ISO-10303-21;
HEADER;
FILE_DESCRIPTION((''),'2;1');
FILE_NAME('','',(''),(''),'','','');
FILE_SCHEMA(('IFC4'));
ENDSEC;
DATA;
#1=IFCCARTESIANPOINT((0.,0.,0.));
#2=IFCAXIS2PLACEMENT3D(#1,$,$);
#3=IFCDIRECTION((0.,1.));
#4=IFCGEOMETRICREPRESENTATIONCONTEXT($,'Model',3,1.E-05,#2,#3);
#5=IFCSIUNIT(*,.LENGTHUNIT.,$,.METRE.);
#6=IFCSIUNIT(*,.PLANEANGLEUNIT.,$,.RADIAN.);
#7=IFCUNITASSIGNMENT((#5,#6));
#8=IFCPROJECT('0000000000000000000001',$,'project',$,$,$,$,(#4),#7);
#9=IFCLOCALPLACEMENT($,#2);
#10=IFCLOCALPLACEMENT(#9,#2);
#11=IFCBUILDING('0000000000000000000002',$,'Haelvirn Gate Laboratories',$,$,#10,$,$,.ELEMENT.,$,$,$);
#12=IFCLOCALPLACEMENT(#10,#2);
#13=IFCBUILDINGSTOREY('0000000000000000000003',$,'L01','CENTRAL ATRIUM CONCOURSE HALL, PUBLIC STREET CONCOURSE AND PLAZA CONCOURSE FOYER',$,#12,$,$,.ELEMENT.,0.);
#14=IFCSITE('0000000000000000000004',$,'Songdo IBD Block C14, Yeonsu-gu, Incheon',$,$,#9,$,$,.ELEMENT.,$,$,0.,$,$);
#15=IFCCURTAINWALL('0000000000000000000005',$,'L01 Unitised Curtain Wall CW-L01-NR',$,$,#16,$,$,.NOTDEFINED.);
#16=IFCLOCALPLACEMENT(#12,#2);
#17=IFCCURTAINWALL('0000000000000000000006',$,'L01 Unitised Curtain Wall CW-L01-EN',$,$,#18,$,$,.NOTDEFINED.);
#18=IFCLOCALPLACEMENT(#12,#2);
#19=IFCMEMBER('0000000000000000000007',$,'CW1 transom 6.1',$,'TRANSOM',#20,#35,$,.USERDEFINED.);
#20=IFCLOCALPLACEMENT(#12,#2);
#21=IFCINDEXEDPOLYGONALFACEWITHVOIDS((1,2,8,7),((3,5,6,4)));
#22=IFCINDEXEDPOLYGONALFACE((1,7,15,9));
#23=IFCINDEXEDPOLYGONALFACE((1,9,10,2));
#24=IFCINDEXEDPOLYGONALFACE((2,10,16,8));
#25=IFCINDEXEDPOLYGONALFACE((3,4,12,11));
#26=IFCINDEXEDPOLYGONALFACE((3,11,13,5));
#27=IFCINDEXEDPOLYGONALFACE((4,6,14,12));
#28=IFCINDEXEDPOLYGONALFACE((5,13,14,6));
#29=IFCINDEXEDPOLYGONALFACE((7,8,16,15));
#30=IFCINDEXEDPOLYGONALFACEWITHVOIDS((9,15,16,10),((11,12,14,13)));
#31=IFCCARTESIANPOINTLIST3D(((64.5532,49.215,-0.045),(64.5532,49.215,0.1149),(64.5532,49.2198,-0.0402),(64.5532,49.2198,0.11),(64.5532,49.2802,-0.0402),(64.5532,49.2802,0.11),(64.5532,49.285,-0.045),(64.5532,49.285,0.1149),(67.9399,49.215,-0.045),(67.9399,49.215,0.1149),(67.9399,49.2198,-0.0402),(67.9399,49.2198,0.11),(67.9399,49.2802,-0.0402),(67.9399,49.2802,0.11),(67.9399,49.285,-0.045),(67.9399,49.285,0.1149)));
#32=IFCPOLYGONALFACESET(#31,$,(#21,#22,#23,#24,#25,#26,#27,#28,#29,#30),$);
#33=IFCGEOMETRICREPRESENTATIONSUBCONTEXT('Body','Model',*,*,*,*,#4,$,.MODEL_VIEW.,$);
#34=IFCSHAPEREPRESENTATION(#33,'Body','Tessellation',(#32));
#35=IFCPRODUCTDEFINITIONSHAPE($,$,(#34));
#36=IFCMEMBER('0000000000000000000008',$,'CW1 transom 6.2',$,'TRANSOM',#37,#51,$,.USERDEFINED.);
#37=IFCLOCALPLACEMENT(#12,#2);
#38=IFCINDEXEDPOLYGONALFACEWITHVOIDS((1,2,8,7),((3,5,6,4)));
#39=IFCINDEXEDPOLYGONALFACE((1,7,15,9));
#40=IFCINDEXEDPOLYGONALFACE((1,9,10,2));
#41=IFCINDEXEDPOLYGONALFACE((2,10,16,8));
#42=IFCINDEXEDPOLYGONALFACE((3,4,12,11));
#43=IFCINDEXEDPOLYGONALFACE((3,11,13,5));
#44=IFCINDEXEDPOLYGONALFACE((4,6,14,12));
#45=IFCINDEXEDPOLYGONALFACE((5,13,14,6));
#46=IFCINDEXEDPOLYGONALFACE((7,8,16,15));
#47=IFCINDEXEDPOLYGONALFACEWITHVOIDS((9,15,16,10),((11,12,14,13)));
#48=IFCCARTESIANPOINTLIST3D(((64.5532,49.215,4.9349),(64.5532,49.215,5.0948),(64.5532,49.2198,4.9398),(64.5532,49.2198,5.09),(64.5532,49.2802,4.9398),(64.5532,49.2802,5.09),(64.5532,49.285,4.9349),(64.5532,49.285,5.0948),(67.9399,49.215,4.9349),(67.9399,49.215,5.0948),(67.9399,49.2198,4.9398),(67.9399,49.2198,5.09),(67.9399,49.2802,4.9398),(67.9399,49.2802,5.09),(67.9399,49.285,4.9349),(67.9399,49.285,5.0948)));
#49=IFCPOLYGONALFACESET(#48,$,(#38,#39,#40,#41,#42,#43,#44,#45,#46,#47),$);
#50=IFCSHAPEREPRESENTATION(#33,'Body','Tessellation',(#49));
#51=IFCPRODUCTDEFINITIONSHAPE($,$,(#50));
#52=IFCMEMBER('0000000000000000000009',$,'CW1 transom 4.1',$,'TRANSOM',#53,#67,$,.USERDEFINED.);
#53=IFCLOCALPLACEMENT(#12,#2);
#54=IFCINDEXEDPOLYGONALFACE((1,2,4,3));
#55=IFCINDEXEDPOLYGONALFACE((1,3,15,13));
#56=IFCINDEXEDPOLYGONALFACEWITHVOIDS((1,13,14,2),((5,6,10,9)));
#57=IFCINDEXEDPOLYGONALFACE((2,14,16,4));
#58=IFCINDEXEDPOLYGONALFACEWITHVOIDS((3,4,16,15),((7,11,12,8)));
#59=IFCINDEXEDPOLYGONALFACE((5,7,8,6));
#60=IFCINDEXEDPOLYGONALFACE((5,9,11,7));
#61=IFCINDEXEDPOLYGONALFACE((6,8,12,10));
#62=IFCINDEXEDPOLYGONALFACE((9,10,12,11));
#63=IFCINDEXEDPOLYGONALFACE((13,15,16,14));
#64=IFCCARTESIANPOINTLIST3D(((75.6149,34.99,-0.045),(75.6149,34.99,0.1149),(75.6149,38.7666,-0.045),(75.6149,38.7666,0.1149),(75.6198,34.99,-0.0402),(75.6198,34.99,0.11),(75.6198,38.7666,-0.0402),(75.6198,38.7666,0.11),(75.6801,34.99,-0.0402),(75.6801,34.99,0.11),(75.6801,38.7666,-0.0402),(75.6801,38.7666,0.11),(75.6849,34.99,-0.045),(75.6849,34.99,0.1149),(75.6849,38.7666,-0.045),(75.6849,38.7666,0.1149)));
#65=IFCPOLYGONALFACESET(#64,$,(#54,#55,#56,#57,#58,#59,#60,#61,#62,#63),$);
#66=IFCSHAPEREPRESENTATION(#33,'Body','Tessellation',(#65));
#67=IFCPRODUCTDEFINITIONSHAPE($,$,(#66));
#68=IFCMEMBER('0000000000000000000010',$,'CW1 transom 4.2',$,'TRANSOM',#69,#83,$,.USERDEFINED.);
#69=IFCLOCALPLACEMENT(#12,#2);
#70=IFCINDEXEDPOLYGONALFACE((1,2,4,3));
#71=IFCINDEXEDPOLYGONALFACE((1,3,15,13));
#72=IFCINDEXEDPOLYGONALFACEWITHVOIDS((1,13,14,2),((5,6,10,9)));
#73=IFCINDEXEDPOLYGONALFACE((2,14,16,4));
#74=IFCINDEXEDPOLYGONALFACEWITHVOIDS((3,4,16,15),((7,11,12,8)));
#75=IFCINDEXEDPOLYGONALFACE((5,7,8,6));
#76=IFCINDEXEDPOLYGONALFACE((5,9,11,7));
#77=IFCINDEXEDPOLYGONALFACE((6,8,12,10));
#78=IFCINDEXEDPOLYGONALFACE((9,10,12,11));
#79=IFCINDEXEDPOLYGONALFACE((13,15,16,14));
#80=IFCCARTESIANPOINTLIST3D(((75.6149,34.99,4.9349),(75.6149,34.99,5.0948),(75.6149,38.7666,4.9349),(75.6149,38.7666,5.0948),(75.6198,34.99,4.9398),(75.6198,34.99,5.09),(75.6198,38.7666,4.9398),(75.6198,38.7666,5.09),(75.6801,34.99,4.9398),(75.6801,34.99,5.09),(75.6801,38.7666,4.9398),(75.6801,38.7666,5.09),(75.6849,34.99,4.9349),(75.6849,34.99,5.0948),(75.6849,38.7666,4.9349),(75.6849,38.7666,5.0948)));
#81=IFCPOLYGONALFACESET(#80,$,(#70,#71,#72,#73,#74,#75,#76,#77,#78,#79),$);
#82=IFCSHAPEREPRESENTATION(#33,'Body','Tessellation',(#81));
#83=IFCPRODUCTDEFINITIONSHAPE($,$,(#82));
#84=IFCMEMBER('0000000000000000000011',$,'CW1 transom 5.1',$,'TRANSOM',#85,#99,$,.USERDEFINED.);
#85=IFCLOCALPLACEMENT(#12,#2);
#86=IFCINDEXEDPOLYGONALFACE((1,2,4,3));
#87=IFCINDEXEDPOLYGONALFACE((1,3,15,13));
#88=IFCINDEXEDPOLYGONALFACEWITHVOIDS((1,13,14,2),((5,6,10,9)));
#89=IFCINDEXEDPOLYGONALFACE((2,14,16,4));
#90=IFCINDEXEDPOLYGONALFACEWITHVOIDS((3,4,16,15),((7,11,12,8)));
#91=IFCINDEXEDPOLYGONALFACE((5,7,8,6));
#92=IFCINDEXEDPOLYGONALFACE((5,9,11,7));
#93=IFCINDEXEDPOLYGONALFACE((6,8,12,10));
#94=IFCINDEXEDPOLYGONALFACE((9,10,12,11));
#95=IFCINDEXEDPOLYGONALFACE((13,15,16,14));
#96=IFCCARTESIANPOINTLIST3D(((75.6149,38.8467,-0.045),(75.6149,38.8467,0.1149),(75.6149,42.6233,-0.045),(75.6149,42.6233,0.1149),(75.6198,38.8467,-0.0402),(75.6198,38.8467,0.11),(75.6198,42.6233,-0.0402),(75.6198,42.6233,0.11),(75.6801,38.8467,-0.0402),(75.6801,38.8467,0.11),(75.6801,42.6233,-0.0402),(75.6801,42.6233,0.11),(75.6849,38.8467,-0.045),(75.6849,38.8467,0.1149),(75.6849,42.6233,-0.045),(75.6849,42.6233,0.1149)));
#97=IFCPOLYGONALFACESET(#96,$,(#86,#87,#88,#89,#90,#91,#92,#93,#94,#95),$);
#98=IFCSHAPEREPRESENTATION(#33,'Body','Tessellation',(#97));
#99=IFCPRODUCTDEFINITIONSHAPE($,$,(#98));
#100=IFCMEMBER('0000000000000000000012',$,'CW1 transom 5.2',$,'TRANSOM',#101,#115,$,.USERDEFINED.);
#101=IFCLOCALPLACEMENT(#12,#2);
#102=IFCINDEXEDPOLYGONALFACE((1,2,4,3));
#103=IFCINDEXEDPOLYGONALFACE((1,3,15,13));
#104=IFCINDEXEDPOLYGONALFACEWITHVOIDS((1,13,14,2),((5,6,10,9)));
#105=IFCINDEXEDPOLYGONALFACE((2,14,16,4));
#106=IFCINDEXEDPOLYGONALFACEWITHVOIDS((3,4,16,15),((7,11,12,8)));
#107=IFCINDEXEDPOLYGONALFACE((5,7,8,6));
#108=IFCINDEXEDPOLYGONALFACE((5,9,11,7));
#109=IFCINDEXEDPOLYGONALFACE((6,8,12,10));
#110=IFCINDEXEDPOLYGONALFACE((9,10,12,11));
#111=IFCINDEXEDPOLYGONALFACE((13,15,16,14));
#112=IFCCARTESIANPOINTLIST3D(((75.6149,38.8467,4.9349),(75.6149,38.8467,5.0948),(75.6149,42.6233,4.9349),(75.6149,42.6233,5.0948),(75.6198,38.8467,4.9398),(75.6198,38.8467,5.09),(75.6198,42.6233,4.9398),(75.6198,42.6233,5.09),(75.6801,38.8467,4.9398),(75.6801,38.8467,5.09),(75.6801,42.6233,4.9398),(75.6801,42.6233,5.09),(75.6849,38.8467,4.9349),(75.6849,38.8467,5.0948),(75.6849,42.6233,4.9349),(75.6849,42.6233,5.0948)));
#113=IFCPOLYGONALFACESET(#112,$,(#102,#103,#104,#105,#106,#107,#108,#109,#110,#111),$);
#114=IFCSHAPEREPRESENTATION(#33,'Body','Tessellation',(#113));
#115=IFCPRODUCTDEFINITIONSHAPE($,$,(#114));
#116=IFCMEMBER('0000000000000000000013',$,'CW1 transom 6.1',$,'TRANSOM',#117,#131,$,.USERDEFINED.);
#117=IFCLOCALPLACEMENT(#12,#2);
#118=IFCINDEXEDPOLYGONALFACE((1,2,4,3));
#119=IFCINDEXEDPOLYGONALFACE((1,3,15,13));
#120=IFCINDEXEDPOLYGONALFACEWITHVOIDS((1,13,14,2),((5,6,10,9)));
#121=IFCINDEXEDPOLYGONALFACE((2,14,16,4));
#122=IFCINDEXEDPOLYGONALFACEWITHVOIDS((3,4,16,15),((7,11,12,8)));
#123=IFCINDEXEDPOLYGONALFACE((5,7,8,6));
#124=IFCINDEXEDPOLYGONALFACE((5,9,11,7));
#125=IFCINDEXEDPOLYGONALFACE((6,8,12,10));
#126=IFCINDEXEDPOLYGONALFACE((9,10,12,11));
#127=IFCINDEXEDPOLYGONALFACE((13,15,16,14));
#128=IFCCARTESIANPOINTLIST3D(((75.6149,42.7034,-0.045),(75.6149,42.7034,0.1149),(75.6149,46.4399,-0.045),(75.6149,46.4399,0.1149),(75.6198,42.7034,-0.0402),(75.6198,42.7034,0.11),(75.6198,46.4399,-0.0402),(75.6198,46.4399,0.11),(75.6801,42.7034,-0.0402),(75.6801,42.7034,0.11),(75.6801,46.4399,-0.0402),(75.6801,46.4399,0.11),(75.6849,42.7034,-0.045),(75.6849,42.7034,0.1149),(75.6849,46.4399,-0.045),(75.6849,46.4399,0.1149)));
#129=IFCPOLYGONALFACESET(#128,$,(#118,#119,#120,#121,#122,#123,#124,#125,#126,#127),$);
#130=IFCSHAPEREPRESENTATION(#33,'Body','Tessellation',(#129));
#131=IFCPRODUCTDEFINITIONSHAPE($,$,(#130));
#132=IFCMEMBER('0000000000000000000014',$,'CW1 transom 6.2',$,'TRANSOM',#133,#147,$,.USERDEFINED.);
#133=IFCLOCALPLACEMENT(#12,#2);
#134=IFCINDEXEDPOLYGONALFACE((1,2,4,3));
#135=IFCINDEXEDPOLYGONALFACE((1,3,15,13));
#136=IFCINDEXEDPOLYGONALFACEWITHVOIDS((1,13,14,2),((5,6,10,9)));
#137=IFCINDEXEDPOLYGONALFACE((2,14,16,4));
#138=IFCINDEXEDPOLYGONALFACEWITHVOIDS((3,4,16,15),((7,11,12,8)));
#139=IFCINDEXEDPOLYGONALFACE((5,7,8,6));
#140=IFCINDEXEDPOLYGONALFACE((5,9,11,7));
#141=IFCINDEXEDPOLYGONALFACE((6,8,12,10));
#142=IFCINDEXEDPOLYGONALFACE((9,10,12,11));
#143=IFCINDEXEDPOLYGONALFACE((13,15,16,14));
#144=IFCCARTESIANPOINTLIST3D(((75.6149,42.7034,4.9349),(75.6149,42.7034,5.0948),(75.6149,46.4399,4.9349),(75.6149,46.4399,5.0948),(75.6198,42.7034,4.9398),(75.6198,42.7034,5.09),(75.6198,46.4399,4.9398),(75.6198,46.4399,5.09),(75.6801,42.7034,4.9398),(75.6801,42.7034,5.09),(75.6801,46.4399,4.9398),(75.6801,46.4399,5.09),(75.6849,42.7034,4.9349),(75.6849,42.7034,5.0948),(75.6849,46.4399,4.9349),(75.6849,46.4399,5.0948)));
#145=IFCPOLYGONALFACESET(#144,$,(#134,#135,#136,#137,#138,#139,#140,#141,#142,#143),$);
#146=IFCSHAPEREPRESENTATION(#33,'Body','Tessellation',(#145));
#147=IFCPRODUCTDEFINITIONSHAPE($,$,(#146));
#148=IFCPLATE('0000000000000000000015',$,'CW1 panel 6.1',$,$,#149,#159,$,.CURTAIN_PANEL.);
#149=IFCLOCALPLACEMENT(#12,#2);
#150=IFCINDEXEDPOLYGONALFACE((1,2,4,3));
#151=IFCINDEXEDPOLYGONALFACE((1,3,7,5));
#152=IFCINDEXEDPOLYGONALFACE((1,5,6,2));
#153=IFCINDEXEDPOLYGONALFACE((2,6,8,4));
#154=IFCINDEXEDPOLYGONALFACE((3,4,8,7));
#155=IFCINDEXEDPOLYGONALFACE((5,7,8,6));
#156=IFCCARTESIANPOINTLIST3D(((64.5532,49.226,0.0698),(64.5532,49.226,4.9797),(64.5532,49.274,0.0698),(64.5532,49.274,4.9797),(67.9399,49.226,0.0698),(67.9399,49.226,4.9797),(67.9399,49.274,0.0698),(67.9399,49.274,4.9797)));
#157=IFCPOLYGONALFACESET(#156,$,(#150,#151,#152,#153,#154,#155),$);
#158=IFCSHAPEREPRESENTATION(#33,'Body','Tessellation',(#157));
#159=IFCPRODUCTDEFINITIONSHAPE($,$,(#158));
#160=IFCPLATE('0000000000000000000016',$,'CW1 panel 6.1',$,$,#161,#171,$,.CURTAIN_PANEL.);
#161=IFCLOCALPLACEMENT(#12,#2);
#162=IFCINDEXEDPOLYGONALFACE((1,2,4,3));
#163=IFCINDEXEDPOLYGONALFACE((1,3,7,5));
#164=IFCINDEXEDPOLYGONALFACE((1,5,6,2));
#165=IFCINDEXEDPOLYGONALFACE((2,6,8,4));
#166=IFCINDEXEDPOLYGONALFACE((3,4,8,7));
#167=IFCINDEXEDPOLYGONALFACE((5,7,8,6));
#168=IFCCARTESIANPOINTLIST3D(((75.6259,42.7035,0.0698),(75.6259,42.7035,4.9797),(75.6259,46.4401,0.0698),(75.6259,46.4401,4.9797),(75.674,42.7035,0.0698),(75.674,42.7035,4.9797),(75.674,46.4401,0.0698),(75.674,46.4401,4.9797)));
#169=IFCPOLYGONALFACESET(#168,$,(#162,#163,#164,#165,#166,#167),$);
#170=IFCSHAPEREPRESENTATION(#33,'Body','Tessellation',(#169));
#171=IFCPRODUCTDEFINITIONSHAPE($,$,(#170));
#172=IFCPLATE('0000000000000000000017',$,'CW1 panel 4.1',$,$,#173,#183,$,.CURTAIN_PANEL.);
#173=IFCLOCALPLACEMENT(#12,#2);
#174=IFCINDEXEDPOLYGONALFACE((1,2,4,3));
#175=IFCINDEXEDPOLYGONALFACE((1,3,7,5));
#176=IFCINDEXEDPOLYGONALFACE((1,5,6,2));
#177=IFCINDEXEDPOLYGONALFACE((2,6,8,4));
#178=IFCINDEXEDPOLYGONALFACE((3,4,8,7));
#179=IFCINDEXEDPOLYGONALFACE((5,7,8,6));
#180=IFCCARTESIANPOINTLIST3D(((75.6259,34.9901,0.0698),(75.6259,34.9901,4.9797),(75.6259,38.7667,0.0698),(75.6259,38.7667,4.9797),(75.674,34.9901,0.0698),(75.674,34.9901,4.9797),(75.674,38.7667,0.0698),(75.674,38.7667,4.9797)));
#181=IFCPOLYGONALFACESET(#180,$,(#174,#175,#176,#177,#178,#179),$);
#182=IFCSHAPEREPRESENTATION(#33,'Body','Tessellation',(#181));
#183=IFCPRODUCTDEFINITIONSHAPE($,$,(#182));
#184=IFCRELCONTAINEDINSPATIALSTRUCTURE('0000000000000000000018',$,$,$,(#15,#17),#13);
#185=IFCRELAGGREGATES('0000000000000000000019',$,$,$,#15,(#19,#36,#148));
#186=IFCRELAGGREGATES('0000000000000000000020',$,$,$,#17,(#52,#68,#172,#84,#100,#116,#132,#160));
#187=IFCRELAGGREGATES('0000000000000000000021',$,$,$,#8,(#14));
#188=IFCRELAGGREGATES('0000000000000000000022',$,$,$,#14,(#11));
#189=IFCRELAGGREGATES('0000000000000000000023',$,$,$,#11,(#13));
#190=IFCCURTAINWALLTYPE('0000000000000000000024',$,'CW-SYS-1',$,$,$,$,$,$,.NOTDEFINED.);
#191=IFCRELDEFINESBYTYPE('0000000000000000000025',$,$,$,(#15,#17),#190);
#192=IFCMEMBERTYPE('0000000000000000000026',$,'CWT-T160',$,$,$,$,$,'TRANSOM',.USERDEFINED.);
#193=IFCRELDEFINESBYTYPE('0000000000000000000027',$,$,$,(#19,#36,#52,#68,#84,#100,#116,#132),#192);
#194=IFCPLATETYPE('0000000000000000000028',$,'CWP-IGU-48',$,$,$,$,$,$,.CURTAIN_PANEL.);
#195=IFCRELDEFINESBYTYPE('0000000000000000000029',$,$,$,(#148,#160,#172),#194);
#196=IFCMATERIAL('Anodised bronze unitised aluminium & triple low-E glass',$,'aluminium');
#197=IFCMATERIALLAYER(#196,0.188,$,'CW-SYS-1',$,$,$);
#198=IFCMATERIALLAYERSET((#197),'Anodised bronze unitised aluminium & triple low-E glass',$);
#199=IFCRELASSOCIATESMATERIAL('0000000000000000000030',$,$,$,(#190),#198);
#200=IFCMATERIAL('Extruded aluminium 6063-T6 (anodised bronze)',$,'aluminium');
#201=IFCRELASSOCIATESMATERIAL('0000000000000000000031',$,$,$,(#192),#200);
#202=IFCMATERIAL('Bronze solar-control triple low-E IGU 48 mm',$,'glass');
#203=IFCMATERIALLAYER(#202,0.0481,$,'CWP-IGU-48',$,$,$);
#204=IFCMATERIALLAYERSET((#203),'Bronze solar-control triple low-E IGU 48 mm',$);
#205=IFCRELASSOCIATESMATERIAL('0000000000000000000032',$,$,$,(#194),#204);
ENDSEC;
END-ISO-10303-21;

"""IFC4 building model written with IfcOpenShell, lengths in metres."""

from ifc_helpers import new_model, si_unit, direction, frame, origin, origin_2d, place, context, subcontext, project, spatial, rectangle, hollow_rectangle, extrude, source, transform, mapped, material, layer, layer_set, material_profile, profile_set, type_object, type_shapes, element, aggregate, save


model = new_model("IFC4")

# Units and contexts
model_context = context("Model", 3, precision=1e-05, world=origin(), true_north=direction((0.0, 1.0)))
body_context = subcontext(model_context, "Body", "Model", "MODEL_VIEW")
ifc_project = project(units=[si_unit("LENGTHUNIT", "METRE"), si_unit("PLANEANGLEUNIT", "RADIAN")], contexts=[model_context])

# Site, building, storey
site_placement = place(None, origin())
site = spatial("IfcSite", under=ifc_project, at=site_placement, Name="Songdo IBD Block C14, Yeonsu-gu, Incheon", CompositionType="ELEMENT", RefElevation=0.0)
building_placement = place(site_placement, origin())
building = spatial("IfcBuilding", under=site, at=building_placement, Name="Haelvirn Gate Laboratories", CompositionType="ELEMENT")
storey_placement = place(building_placement, origin())
storey = spatial("IfcBuildingStorey", under=building, at=storey_placement, Name="L01", Description="CENTRAL ATRIUM CONCOURSE HALL, PUBLIC STREET CONCOURSE AND PLAZA CONCOURSE FOYER", CompositionType="ELEMENT", Elevation=0.0)

# Curtain walls
ifc_material_1 = material(Name="Anodised bronze unitised aluminium & triple low-E glass", Category="aluminium")
ifc_layer_1 = layer(ifc_material_1, 0.188, Name="CW-SYS-1")
ifc_layer_set_1 = layer_set([ifc_layer_1], Name="Anodised bronze unitised aluminium & triple low-E glass")
curtain_wall_type = type_object("IfcCurtainWallType", Name="CW-SYS-1", PredefinedType="NOTDEFINED", material=ifc_layer_set_1)
curtain_wall_1_placement = place(storey_placement, origin())
curtain_wall_1 = element("IfcCurtainWall", 1, at=curtain_wall_1_placement, inside=storey, type_object=curtain_wall_type, Name="L01 Unitised Curtain Wall CW-L01-NR", PredefinedType="NOTDEFINED")
ifc_material_2 = material(Name="Extruded aluminium 6063-T6 (anodised bronze)", Category="aluminium")
curtain_wall_2_placement = place(storey_placement, origin())
curtain_wall_2 = element("IfcCurtainWall", 2, at=curtain_wall_2_placement, inside=storey, type_object=curtain_wall_type, Name="L01 Unitised Curtain Wall CW-L01-EN", PredefinedType="NOTDEFINED")

# Members
ifc_material_profile_1 = material_profile(ifc_material_2, hollow_rectangle(XDim=0.0701, YDim=0.1599, WallThickness=0.0049, at=origin_2d()), Name="CWT-160x70x5")
ifc_profile_set_1 = profile_set([ifc_material_profile_1], Name="Extruded aluminium 6063-T6 (anodised bronze)")
member_type_1 = type_object("IfcMemberType", Name="CWT-T160", ElementType="TRANSOM", PredefinedType="USERDEFINED", material=ifc_profile_set_1)
shared_shape_1 = source(origin(), body_context, "Body", "SweptSolid", [
    extrude(hollow_rectangle(XDim=0.0701, YDim=0.1599, WallThickness=0.0049, at=origin_2d()), origin(), (0.0, 0.0, 1.0), 3.3867),
])
member_1_placement = place(storey_placement, frame((64.5532, 49.25, 0.0349), z_axis=(1.0, 0.0, 0.0), x_axis=(0.0, 1.0, 0.0)))
member_1 = element("IfcMember", 3, at=member_1_placement, type_object=member_type_1, Name="CW1 transom 6.1", ObjectType="TRANSOM", PredefinedType="USERDEFINED", context=body_context, shape_type="MappedRepresentation", body=[
    mapped(shared_shape_1, transform((0.0, 0.0, 0.0), scale=1.0)),
])
member_2_placement = place(storey_placement, frame((64.5532, 49.25, 5.0149), z_axis=(1.0, 0.0, 0.0), x_axis=(0.0, 1.0, 0.0)))
member_2 = element("IfcMember", 4, at=member_2_placement, type_object=member_type_1, Name="CW1 transom 6.2", ObjectType="TRANSOM", PredefinedType="USERDEFINED", context=body_context, shape_type="MappedRepresentation", body=[
    mapped(shared_shape_1, transform((0.0, 0.0, 0.0), scale=1.0)),
])
shared_shape_2 = source(origin(), body_context, "Body", "SweptSolid", [
    extrude(hollow_rectangle(XDim=0.0701, YDim=0.1599, WallThickness=0.0049, at=origin_2d()), origin(), (0.0, 0.0, 1.0), 3.7766),
])
member_3_placement = place(storey_placement, frame((75.6499, 34.99, 0.0349), z_axis=(0.0, 1.0, 0.0), x_axis=(-1.0, 0.0, 0.0)))
member_3 = element("IfcMember", 5, at=member_3_placement, type_object=member_type_1, Name="CW1 transom 4.1", ObjectType="TRANSOM", PredefinedType="USERDEFINED", context=body_context, shape_type="MappedRepresentation", body=[
    mapped(shared_shape_2, transform((0.0, 0.0, 0.0), scale=1.0)),
])
member_4_placement = place(storey_placement, frame((75.6499, 34.99, 5.0149), z_axis=(0.0, 1.0, 0.0), x_axis=(-1.0, 0.0, 0.0)))
member_4 = element("IfcMember", 6, at=member_4_placement, type_object=member_type_1, Name="CW1 transom 4.2", ObjectType="TRANSOM", PredefinedType="USERDEFINED", context=body_context, shape_type="MappedRepresentation", body=[
    mapped(shared_shape_2, transform((0.0, 0.0, 0.0), scale=1.0)),
])
member_5_placement = place(storey_placement, frame((75.6499, 38.8467, 0.0349), z_axis=(0.0, 1.0, 0.0), x_axis=(-1.0, 0.0, 0.0)))
member_5 = element("IfcMember", 7, at=member_5_placement, type_object=member_type_1, Name="CW1 transom 5.1", ObjectType="TRANSOM", PredefinedType="USERDEFINED", context=body_context, shape_type="MappedRepresentation", body=[
    mapped(shared_shape_2, transform((0.0, 0.0, 0.0), scale=1.0)),
])
member_6_placement = place(storey_placement, frame((75.6499, 38.8467, 5.0149), z_axis=(0.0, 1.0, 0.0), x_axis=(-1.0, 0.0, 0.0)))
member_6 = element("IfcMember", 8, at=member_6_placement, type_object=member_type_1, Name="CW1 transom 5.2", ObjectType="TRANSOM", PredefinedType="USERDEFINED", context=body_context, shape_type="MappedRepresentation", body=[
    mapped(shared_shape_2, transform((0.0, 0.0, 0.0), scale=1.0)),
])
shared_shape_3 = source(origin(), body_context, "Body", "SweptSolid", [
    extrude(hollow_rectangle(XDim=0.0701, YDim=0.1599, WallThickness=0.0049, at=origin_2d()), origin(), (0.0, 0.0, 1.0), 3.7366),
])
type_shapes(member_type_1, [shared_shape_1, shared_shape_2, shared_shape_3])
member_7_placement = place(storey_placement, frame((75.6499, 42.7034, 0.0349), z_axis=(0.0, 1.0, 0.0), x_axis=(-1.0, 0.0, 0.0)))
member_7 = element("IfcMember", 9, at=member_7_placement, type_object=member_type_1, Name="CW1 transom 6.1", ObjectType="TRANSOM", PredefinedType="USERDEFINED", context=body_context, shape_type="MappedRepresentation", body=[
    mapped(shared_shape_3, transform((0.0, 0.0, 0.0), scale=1.0)),
])
member_8_placement = place(storey_placement, frame((75.6499, 42.7034, 5.0149), z_axis=(0.0, 1.0, 0.0), x_axis=(-1.0, 0.0, 0.0)))
member_8 = element("IfcMember", 10, at=member_8_placement, type_object=member_type_1, Name="CW1 transom 6.2", ObjectType="TRANSOM", PredefinedType="USERDEFINED", context=body_context, shape_type="MappedRepresentation", body=[
    mapped(shared_shape_3, transform((0.0, 0.0, 0.0), scale=1.0)),
])

# Plates
ifc_material_3 = material(Name="Bronze solar-control triple low-E IGU 48 mm", Category="glass")
ifc_layer_2 = layer(ifc_material_3, 0.0481, Name="CWP-IGU-48")
ifc_layer_set_2 = layer_set([ifc_layer_2], Name="Bronze solar-control triple low-E IGU 48 mm")
plate_type = type_object("IfcPlateType", Name="CWP-IGU-48", PredefinedType="CURTAIN_PANEL", material=ifc_layer_set_2)
shared_shape_4 = source(origin(), body_context, "Body", "SweptSolid", [
    extrude(rectangle(XDim=3.3867, YDim=0.0481, at=origin_2d()), origin(), (0.0, 0.0, 1.0), 4.9099),
])
plate_1_placement = place(storey_placement, frame((66.2466, 49.25, 0.0698), z_axis=(0.0, 0.0, 1.0), x_axis=(1.0, 0.0, 0.0)))
plate_1 = element("IfcPlate", 11, at=plate_1_placement, type_object=plate_type, Name="CW1 panel 6.1", PredefinedType="CURTAIN_PANEL", context=body_context, shape_type="MappedRepresentation", body=[
    mapped(shared_shape_4, transform((0.0, 0.0, 0.0), scale=1.0)),
])
aggregate(curtain_wall_1, [member_1, member_2, plate_1])
shared_shape_5 = source(origin(), body_context, "Body", "SweptSolid", [
    extrude(rectangle(XDim=3.7366, YDim=0.0481, at=origin_2d()), origin(), (0.0, 0.0, 1.0), 4.9099),
])
plate_2_placement = place(storey_placement, frame((75.6499, 44.5718, 0.0698), z_axis=(0.0, 0.0, 1.0), x_axis=(0.0, 1.0, 0.0)))
plate_2 = element("IfcPlate", 12, at=plate_2_placement, type_object=plate_type, Name="CW1 panel 6.1", PredefinedType="CURTAIN_PANEL", context=body_context, shape_type="MappedRepresentation", body=[
    mapped(shared_shape_5, transform((0.0, 0.0, 0.0), scale=1.0)),
])
shared_shape_6 = source(origin(), body_context, "Body", "SweptSolid", [
    extrude(rectangle(XDim=3.7766, YDim=0.0481, at=origin_2d()), origin(), (0.0, 0.0, 1.0), 4.9099),
])
type_shapes(plate_type, [shared_shape_4, shared_shape_5, shared_shape_6])
plate_3_placement = place(storey_placement, frame((75.6499, 36.8784, 0.0698), z_axis=(0.0, 0.0, 1.0), x_axis=(0.0, 1.0, 0.0)))
plate_3 = element("IfcPlate", 13, at=plate_3_placement, type_object=plate_type, Name="CW1 panel 4.1", PredefinedType="CURTAIN_PANEL", context=body_context, shape_type="MappedRepresentation", body=[
    mapped(shared_shape_6, transform((0.0, 0.0, 0.0), scale=1.0)),
])
aggregate(curtain_wall_2, [member_3, member_4, plate_3, member_5, member_6, member_7, member_8, plate_2])

save(model, "model.ifc")
